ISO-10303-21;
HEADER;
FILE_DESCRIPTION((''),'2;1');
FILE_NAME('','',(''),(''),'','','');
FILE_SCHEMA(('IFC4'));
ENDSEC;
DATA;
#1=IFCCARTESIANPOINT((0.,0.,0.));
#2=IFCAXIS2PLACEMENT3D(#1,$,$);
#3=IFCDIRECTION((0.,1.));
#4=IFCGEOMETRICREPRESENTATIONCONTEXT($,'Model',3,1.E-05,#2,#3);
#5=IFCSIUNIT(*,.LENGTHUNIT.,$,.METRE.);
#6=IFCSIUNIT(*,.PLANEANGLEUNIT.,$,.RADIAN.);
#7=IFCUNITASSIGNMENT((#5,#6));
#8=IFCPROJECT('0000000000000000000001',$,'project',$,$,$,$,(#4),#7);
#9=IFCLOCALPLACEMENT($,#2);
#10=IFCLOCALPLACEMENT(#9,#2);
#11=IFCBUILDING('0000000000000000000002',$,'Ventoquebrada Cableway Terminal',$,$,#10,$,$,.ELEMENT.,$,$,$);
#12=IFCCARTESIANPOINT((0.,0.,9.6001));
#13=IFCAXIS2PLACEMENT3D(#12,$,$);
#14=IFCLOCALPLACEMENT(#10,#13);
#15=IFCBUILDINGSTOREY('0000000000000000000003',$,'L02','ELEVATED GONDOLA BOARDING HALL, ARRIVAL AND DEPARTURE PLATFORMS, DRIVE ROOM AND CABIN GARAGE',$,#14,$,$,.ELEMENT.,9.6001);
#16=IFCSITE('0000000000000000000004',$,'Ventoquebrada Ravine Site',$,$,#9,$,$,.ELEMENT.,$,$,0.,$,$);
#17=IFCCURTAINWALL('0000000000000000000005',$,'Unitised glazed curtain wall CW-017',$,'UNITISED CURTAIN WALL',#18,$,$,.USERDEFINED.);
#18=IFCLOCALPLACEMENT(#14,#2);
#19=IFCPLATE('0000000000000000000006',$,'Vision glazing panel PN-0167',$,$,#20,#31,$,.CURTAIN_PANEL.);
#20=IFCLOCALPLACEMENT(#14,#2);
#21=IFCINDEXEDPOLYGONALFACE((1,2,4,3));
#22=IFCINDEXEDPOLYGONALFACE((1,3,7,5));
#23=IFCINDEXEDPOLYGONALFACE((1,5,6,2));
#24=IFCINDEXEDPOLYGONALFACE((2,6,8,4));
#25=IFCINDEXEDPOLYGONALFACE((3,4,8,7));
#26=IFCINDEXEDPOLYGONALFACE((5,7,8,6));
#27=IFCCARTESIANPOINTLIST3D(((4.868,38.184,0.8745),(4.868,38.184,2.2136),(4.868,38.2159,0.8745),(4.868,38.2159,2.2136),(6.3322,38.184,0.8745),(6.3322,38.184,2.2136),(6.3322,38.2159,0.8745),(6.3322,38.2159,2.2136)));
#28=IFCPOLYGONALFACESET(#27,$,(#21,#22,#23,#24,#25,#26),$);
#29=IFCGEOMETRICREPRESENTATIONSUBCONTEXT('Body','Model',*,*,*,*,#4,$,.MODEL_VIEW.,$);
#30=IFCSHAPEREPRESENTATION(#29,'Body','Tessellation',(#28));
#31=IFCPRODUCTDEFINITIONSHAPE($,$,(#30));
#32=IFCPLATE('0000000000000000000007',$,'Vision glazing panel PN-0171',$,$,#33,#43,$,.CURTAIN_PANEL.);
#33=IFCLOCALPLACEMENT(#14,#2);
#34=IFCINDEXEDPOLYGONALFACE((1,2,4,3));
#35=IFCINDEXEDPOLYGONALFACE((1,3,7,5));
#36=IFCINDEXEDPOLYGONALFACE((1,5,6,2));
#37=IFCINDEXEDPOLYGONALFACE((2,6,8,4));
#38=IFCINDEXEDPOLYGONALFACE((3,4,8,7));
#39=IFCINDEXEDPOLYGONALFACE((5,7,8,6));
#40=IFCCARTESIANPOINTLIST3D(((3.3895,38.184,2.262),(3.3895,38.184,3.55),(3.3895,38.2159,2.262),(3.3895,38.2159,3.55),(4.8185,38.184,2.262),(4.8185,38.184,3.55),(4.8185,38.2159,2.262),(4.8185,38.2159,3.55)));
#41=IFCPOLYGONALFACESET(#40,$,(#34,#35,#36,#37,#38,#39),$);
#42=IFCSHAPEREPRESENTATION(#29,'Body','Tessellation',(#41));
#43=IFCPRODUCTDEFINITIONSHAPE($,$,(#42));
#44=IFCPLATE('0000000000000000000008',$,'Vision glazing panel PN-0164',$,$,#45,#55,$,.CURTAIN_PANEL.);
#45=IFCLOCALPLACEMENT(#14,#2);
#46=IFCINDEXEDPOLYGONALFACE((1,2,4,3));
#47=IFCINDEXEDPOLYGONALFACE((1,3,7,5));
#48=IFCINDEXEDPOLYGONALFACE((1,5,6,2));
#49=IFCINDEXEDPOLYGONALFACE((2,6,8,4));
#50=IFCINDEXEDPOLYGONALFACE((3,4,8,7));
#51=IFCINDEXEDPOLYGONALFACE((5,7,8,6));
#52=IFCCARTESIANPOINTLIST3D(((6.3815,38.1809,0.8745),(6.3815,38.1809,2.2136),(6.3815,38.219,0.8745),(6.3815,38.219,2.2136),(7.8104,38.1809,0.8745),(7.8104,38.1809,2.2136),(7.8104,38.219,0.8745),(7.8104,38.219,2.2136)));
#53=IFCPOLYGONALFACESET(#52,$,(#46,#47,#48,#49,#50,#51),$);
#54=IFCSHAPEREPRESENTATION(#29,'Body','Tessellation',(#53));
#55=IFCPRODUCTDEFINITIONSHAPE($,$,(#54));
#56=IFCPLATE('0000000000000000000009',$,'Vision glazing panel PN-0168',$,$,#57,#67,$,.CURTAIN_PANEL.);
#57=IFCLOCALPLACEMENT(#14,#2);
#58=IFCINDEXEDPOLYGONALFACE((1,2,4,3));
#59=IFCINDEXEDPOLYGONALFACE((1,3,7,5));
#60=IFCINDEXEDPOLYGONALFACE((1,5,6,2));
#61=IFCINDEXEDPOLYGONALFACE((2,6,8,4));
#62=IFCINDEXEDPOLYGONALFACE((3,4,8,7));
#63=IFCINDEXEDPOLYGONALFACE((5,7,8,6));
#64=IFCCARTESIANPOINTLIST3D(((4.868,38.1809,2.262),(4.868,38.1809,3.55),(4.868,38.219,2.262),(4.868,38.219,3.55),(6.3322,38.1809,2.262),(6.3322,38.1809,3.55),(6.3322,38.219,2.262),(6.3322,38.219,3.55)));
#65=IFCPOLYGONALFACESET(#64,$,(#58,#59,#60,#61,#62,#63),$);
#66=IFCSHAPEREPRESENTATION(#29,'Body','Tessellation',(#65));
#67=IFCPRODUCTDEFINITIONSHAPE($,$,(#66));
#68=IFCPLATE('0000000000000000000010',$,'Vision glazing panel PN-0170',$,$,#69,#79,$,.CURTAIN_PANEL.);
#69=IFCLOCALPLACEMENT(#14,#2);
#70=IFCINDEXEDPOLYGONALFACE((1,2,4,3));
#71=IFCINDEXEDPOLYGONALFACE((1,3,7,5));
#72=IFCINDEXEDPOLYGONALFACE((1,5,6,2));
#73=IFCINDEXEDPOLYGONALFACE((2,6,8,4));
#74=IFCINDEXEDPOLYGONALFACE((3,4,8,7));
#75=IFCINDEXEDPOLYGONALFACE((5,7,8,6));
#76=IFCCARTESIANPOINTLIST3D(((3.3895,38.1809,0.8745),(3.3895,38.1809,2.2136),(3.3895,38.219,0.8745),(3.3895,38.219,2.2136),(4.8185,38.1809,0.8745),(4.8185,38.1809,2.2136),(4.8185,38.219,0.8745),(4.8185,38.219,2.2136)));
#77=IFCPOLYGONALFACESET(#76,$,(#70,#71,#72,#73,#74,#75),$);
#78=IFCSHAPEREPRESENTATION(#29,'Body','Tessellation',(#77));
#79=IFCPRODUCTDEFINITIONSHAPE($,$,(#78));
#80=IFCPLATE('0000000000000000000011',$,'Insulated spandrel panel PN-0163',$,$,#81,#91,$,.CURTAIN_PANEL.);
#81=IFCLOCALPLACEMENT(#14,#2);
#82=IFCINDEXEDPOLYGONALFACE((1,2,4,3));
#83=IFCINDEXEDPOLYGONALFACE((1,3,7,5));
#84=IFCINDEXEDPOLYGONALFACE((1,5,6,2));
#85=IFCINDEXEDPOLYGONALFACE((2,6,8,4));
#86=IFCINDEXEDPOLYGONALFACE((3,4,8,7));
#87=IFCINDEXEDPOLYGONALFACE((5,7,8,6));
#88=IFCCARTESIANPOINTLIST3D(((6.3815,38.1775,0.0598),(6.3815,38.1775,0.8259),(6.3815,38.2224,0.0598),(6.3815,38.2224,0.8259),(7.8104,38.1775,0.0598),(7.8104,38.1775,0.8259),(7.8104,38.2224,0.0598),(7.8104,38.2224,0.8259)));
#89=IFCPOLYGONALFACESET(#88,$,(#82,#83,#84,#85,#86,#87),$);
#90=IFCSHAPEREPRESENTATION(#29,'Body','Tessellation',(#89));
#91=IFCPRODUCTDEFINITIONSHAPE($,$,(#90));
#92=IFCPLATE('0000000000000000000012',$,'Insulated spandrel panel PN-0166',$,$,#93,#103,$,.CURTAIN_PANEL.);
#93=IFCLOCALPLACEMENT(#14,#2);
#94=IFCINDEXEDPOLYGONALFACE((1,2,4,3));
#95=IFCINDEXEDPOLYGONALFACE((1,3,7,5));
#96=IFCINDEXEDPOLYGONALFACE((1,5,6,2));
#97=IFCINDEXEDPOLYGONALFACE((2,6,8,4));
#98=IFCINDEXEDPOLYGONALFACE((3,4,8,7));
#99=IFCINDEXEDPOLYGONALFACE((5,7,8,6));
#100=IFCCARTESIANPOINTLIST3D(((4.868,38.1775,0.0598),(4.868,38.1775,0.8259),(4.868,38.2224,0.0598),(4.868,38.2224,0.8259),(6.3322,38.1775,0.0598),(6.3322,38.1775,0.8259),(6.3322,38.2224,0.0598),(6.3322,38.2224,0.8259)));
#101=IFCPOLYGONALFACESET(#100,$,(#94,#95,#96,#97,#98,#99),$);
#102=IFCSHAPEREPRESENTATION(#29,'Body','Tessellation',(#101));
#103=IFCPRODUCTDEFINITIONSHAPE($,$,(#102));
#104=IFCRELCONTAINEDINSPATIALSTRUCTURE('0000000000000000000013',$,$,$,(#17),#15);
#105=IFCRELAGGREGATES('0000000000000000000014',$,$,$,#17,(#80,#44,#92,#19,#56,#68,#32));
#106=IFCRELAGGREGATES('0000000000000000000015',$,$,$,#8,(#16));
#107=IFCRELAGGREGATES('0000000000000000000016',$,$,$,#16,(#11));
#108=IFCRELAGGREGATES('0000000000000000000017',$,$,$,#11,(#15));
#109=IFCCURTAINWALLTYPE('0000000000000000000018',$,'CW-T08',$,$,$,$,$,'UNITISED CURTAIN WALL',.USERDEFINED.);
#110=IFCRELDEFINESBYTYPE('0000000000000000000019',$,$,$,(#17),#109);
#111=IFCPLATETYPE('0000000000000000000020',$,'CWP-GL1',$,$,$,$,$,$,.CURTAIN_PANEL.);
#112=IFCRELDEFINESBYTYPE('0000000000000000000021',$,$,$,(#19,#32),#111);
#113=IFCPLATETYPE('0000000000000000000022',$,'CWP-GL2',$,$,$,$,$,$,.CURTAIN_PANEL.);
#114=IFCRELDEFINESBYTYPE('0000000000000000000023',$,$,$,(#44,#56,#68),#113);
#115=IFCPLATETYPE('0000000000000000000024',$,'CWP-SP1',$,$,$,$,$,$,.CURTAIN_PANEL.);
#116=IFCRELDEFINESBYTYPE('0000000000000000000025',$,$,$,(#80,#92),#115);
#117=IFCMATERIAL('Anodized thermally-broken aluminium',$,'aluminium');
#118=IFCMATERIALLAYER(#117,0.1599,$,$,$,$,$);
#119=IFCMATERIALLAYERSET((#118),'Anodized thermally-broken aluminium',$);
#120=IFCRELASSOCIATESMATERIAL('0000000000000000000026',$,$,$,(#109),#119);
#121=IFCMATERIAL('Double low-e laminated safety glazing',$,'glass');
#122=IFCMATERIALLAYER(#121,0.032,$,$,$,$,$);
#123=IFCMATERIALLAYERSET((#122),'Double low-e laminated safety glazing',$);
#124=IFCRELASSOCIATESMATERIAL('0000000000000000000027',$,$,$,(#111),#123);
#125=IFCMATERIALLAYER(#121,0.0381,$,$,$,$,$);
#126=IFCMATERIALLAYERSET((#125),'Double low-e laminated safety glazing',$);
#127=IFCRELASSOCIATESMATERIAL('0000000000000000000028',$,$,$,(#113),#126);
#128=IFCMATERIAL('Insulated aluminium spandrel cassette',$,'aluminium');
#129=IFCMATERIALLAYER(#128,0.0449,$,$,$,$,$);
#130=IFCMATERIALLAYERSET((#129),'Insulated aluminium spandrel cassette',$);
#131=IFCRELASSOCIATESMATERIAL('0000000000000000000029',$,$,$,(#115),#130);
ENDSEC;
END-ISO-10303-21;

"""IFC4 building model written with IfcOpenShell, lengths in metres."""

from ifc_helpers import new_model, si_unit, direction, frame, origin, origin_2d, place, context, subcontext, project, spatial, rectangle, extrude, material, layer, layer_set, type_object, element, aggregate, save


model = new_model("IFC4")

# Units and contexts
model_context = context("Model", 3, precision=1e-05, world=origin(), true_north=direction((0.0, 1.0)))
body_context = subcontext(model_context, "Body", "Model", "MODEL_VIEW")
ifc_project = project(units=[si_unit("LENGTHUNIT", "METRE"), si_unit("PLANEANGLEUNIT", "RADIAN")], contexts=[model_context])

# Site, building, storey
site_placement = place(None, origin())
site = spatial("IfcSite", under=ifc_project, at=site_placement, Name="Ventoquebrada Ravine Site", CompositionType="ELEMENT", RefElevation=0.0)
building_placement = place(site_placement, origin())
building = spatial("IfcBuilding", under=site, at=building_placement, Name="Ventoquebrada Cableway Terminal", CompositionType="ELEMENT")
storey_placement = place(building_placement, frame((0.0, 0.0, 9.6001)))
storey = spatial("IfcBuildingStorey", under=building, at=storey_placement, Name="L02", Description="ELEVATED GONDOLA BOARDING HALL, ARRIVAL AND DEPARTURE PLATFORMS, DRIVE ROOM AND CABIN GARAGE", CompositionType="ELEMENT", Elevation=9.6001)

# Curtain wall, plates
ifc_material_1 = material(Name="Anodized thermally-broken aluminium", Category="aluminium")
ifc_layer_1 = layer(ifc_material_1, 0.1599)
ifc_layer_set_1 = layer_set([ifc_layer_1], Name="Anodized thermally-broken aluminium")
curtain_wall_type = type_object("IfcCurtainWallType", Name="CW-T08", ElementType="UNITISED CURTAIN WALL", PredefinedType="USERDEFINED", material=ifc_layer_set_1)
curtain_wall_placement = place(storey_placement, origin())
curtain_wall = element("IfcCurtainWall", 1, at=curtain_wall_placement, inside=storey, type_object=curtain_wall_type, Name="Unitised glazed curtain wall CW-017", ObjectType="UNITISED CURTAIN WALL", PredefinedType="USERDEFINED")
ifc_material_2 = material(Name="Double low-e laminated safety glazing", Category="glass")
ifc_layer_2 = layer(ifc_material_2, 0.032)
ifc_layer_set_2 = layer_set([ifc_layer_2], Name="Double low-e laminated safety glazing")
plate_type_1 = type_object("IfcPlateType", Name="CWP-GL1", PredefinedType="CURTAIN_PANEL", material=ifc_layer_set_2)
plate_1_placement = place(storey_placement, frame((5.6001, 38.2, 0.8745), z_axis=(0.0, 0.0, 1.0), x_axis=(-1.0, 0.0, 0.0)))
plate_1 = element("IfcPlate", 2, at=plate_1_placement, type_object=plate_type_1, Name="Vision glazing panel PN-0167", PredefinedType="CURTAIN_PANEL", context=body_context, shape_type="SweptSolid", body=[
    extrude(rectangle(XDim=1.4641, YDim=0.032, at=origin_2d()), origin(), (0.0, 0.0, 1.0), 1.3391),
])
plate_2_placement = place(storey_placement, frame((4.104, 38.2, 2.262), z_axis=(0.0, 0.0, 1.0), x_axis=(-1.0, 0.0, 0.0)))
plate_2 = element("IfcPlate", 3, at=plate_2_placement, type_object=plate_type_1, Name="Vision glazing panel PN-0171", PredefinedType="CURTAIN_PANEL", context=body_context, shape_type="SweptSolid", body=[
    extrude(rectangle(XDim=1.429, YDim=0.032, at=origin_2d()), origin(), (0.0, 0.0, 1.0), 1.2881),
])
ifc_layer_3 = layer(ifc_material_2, 0.0381)
ifc_layer_set_3 = layer_set([ifc_layer_3], Name="Double low-e laminated safety glazing")
plate_type_2 = type_object("IfcPlateType", Name="CWP-GL2", PredefinedType="CURTAIN_PANEL", material=ifc_layer_set_3)
plate_3_placement = place(storey_placement, frame((7.0959, 38.2, 0.8745), z_axis=(0.0, 0.0, 1.0), x_axis=(-1.0, 0.0, 0.0)))
plate_3 = element("IfcPlate", 4, at=plate_3_placement, type_object=plate_type_2, Name="Vision glazing panel PN-0164", PredefinedType="CURTAIN_PANEL", context=body_context, shape_type="SweptSolid", body=[
    extrude(rectangle(XDim=1.429, YDim=0.0381, at=origin_2d()), origin(), (0.0, 0.0, 1.0), 1.3391),
])
plate_4_placement = place(storey_placement, frame((5.6001, 38.2, 2.262), z_axis=(0.0, 0.0, 1.0), x_axis=(-1.0, 0.0, 0.0)))
plate_4 = element("IfcPlate", 5, at=plate_4_placement, type_object=plate_type_2, Name="Vision glazing panel PN-0168", PredefinedType="CURTAIN_PANEL", context=body_context, shape_type="SweptSolid", body=[
    extrude(rectangle(XDim=1.4641, YDim=0.0381, at=origin_2d()), origin(), (0.0, 0.0, 1.0), 1.2881),
])
plate_5_placement = place(storey_placement, frame((4.104, 38.2, 0.8745), z_axis=(0.0, 0.0, 1.0), x_axis=(-1.0, 0.0, 0.0)))
plate_5 = element("IfcPlate", 6, at=plate_5_placement, type_object=plate_type_2, Name="Vision glazing panel PN-0170", PredefinedType="CURTAIN_PANEL", context=body_context, shape_type="SweptSolid", body=[
    extrude(rectangle(XDim=1.429, YDim=0.0381, at=origin_2d()), origin(), (0.0, 0.0, 1.0), 1.3391),
])
ifc_material_3 = material(Name="Insulated aluminium spandrel cassette", Category="aluminium")
ifc_layer_4 = layer(ifc_material_3, 0.0449)
ifc_layer_set_4 = layer_set([ifc_layer_4], Name="Insulated aluminium spandrel cassette")
plate_type_3 = type_object("IfcPlateType", Name="CWP-SP1", PredefinedType="CURTAIN_PANEL", material=ifc_layer_set_4)
plate_6_placement = place(storey_placement, frame((7.0959, 38.2, 0.0598), z_axis=(0.0, 0.0, 1.0), x_axis=(-1.0, 0.0, 0.0)))
plate_6 = element("IfcPlate", 7, at=plate_6_placement, type_object=plate_type_3, Name="Insulated spandrel panel PN-0163", PredefinedType="CURTAIN_PANEL", context=body_context, shape_type="SweptSolid", body=[
    extrude(rectangle(XDim=1.429, YDim=0.0449, at=origin_2d()), origin(), (0.0, 0.0, 1.0), 0.7661),
])
plate_7_placement = place(storey_placement, frame((5.6001, 38.2, 0.0598), z_axis=(0.0, 0.0, 1.0), x_axis=(-1.0, 0.0, 0.0)))
plate_7 = element("IfcPlate", 8, at=plate_7_placement, type_object=plate_type_3, Name="Insulated spandrel panel PN-0166", PredefinedType="CURTAIN_PANEL", context=body_context, shape_type="SweptSolid", body=[
    extrude(rectangle(XDim=1.4641, YDim=0.0449, at=origin_2d()), origin(), (0.0, 0.0, 1.0), 0.7661),
])
aggregate(curtain_wall, [plate_6, plate_3, plate_7, plate_1, plate_4, plate_5, plate_2])

save(model, "model.ifc")
